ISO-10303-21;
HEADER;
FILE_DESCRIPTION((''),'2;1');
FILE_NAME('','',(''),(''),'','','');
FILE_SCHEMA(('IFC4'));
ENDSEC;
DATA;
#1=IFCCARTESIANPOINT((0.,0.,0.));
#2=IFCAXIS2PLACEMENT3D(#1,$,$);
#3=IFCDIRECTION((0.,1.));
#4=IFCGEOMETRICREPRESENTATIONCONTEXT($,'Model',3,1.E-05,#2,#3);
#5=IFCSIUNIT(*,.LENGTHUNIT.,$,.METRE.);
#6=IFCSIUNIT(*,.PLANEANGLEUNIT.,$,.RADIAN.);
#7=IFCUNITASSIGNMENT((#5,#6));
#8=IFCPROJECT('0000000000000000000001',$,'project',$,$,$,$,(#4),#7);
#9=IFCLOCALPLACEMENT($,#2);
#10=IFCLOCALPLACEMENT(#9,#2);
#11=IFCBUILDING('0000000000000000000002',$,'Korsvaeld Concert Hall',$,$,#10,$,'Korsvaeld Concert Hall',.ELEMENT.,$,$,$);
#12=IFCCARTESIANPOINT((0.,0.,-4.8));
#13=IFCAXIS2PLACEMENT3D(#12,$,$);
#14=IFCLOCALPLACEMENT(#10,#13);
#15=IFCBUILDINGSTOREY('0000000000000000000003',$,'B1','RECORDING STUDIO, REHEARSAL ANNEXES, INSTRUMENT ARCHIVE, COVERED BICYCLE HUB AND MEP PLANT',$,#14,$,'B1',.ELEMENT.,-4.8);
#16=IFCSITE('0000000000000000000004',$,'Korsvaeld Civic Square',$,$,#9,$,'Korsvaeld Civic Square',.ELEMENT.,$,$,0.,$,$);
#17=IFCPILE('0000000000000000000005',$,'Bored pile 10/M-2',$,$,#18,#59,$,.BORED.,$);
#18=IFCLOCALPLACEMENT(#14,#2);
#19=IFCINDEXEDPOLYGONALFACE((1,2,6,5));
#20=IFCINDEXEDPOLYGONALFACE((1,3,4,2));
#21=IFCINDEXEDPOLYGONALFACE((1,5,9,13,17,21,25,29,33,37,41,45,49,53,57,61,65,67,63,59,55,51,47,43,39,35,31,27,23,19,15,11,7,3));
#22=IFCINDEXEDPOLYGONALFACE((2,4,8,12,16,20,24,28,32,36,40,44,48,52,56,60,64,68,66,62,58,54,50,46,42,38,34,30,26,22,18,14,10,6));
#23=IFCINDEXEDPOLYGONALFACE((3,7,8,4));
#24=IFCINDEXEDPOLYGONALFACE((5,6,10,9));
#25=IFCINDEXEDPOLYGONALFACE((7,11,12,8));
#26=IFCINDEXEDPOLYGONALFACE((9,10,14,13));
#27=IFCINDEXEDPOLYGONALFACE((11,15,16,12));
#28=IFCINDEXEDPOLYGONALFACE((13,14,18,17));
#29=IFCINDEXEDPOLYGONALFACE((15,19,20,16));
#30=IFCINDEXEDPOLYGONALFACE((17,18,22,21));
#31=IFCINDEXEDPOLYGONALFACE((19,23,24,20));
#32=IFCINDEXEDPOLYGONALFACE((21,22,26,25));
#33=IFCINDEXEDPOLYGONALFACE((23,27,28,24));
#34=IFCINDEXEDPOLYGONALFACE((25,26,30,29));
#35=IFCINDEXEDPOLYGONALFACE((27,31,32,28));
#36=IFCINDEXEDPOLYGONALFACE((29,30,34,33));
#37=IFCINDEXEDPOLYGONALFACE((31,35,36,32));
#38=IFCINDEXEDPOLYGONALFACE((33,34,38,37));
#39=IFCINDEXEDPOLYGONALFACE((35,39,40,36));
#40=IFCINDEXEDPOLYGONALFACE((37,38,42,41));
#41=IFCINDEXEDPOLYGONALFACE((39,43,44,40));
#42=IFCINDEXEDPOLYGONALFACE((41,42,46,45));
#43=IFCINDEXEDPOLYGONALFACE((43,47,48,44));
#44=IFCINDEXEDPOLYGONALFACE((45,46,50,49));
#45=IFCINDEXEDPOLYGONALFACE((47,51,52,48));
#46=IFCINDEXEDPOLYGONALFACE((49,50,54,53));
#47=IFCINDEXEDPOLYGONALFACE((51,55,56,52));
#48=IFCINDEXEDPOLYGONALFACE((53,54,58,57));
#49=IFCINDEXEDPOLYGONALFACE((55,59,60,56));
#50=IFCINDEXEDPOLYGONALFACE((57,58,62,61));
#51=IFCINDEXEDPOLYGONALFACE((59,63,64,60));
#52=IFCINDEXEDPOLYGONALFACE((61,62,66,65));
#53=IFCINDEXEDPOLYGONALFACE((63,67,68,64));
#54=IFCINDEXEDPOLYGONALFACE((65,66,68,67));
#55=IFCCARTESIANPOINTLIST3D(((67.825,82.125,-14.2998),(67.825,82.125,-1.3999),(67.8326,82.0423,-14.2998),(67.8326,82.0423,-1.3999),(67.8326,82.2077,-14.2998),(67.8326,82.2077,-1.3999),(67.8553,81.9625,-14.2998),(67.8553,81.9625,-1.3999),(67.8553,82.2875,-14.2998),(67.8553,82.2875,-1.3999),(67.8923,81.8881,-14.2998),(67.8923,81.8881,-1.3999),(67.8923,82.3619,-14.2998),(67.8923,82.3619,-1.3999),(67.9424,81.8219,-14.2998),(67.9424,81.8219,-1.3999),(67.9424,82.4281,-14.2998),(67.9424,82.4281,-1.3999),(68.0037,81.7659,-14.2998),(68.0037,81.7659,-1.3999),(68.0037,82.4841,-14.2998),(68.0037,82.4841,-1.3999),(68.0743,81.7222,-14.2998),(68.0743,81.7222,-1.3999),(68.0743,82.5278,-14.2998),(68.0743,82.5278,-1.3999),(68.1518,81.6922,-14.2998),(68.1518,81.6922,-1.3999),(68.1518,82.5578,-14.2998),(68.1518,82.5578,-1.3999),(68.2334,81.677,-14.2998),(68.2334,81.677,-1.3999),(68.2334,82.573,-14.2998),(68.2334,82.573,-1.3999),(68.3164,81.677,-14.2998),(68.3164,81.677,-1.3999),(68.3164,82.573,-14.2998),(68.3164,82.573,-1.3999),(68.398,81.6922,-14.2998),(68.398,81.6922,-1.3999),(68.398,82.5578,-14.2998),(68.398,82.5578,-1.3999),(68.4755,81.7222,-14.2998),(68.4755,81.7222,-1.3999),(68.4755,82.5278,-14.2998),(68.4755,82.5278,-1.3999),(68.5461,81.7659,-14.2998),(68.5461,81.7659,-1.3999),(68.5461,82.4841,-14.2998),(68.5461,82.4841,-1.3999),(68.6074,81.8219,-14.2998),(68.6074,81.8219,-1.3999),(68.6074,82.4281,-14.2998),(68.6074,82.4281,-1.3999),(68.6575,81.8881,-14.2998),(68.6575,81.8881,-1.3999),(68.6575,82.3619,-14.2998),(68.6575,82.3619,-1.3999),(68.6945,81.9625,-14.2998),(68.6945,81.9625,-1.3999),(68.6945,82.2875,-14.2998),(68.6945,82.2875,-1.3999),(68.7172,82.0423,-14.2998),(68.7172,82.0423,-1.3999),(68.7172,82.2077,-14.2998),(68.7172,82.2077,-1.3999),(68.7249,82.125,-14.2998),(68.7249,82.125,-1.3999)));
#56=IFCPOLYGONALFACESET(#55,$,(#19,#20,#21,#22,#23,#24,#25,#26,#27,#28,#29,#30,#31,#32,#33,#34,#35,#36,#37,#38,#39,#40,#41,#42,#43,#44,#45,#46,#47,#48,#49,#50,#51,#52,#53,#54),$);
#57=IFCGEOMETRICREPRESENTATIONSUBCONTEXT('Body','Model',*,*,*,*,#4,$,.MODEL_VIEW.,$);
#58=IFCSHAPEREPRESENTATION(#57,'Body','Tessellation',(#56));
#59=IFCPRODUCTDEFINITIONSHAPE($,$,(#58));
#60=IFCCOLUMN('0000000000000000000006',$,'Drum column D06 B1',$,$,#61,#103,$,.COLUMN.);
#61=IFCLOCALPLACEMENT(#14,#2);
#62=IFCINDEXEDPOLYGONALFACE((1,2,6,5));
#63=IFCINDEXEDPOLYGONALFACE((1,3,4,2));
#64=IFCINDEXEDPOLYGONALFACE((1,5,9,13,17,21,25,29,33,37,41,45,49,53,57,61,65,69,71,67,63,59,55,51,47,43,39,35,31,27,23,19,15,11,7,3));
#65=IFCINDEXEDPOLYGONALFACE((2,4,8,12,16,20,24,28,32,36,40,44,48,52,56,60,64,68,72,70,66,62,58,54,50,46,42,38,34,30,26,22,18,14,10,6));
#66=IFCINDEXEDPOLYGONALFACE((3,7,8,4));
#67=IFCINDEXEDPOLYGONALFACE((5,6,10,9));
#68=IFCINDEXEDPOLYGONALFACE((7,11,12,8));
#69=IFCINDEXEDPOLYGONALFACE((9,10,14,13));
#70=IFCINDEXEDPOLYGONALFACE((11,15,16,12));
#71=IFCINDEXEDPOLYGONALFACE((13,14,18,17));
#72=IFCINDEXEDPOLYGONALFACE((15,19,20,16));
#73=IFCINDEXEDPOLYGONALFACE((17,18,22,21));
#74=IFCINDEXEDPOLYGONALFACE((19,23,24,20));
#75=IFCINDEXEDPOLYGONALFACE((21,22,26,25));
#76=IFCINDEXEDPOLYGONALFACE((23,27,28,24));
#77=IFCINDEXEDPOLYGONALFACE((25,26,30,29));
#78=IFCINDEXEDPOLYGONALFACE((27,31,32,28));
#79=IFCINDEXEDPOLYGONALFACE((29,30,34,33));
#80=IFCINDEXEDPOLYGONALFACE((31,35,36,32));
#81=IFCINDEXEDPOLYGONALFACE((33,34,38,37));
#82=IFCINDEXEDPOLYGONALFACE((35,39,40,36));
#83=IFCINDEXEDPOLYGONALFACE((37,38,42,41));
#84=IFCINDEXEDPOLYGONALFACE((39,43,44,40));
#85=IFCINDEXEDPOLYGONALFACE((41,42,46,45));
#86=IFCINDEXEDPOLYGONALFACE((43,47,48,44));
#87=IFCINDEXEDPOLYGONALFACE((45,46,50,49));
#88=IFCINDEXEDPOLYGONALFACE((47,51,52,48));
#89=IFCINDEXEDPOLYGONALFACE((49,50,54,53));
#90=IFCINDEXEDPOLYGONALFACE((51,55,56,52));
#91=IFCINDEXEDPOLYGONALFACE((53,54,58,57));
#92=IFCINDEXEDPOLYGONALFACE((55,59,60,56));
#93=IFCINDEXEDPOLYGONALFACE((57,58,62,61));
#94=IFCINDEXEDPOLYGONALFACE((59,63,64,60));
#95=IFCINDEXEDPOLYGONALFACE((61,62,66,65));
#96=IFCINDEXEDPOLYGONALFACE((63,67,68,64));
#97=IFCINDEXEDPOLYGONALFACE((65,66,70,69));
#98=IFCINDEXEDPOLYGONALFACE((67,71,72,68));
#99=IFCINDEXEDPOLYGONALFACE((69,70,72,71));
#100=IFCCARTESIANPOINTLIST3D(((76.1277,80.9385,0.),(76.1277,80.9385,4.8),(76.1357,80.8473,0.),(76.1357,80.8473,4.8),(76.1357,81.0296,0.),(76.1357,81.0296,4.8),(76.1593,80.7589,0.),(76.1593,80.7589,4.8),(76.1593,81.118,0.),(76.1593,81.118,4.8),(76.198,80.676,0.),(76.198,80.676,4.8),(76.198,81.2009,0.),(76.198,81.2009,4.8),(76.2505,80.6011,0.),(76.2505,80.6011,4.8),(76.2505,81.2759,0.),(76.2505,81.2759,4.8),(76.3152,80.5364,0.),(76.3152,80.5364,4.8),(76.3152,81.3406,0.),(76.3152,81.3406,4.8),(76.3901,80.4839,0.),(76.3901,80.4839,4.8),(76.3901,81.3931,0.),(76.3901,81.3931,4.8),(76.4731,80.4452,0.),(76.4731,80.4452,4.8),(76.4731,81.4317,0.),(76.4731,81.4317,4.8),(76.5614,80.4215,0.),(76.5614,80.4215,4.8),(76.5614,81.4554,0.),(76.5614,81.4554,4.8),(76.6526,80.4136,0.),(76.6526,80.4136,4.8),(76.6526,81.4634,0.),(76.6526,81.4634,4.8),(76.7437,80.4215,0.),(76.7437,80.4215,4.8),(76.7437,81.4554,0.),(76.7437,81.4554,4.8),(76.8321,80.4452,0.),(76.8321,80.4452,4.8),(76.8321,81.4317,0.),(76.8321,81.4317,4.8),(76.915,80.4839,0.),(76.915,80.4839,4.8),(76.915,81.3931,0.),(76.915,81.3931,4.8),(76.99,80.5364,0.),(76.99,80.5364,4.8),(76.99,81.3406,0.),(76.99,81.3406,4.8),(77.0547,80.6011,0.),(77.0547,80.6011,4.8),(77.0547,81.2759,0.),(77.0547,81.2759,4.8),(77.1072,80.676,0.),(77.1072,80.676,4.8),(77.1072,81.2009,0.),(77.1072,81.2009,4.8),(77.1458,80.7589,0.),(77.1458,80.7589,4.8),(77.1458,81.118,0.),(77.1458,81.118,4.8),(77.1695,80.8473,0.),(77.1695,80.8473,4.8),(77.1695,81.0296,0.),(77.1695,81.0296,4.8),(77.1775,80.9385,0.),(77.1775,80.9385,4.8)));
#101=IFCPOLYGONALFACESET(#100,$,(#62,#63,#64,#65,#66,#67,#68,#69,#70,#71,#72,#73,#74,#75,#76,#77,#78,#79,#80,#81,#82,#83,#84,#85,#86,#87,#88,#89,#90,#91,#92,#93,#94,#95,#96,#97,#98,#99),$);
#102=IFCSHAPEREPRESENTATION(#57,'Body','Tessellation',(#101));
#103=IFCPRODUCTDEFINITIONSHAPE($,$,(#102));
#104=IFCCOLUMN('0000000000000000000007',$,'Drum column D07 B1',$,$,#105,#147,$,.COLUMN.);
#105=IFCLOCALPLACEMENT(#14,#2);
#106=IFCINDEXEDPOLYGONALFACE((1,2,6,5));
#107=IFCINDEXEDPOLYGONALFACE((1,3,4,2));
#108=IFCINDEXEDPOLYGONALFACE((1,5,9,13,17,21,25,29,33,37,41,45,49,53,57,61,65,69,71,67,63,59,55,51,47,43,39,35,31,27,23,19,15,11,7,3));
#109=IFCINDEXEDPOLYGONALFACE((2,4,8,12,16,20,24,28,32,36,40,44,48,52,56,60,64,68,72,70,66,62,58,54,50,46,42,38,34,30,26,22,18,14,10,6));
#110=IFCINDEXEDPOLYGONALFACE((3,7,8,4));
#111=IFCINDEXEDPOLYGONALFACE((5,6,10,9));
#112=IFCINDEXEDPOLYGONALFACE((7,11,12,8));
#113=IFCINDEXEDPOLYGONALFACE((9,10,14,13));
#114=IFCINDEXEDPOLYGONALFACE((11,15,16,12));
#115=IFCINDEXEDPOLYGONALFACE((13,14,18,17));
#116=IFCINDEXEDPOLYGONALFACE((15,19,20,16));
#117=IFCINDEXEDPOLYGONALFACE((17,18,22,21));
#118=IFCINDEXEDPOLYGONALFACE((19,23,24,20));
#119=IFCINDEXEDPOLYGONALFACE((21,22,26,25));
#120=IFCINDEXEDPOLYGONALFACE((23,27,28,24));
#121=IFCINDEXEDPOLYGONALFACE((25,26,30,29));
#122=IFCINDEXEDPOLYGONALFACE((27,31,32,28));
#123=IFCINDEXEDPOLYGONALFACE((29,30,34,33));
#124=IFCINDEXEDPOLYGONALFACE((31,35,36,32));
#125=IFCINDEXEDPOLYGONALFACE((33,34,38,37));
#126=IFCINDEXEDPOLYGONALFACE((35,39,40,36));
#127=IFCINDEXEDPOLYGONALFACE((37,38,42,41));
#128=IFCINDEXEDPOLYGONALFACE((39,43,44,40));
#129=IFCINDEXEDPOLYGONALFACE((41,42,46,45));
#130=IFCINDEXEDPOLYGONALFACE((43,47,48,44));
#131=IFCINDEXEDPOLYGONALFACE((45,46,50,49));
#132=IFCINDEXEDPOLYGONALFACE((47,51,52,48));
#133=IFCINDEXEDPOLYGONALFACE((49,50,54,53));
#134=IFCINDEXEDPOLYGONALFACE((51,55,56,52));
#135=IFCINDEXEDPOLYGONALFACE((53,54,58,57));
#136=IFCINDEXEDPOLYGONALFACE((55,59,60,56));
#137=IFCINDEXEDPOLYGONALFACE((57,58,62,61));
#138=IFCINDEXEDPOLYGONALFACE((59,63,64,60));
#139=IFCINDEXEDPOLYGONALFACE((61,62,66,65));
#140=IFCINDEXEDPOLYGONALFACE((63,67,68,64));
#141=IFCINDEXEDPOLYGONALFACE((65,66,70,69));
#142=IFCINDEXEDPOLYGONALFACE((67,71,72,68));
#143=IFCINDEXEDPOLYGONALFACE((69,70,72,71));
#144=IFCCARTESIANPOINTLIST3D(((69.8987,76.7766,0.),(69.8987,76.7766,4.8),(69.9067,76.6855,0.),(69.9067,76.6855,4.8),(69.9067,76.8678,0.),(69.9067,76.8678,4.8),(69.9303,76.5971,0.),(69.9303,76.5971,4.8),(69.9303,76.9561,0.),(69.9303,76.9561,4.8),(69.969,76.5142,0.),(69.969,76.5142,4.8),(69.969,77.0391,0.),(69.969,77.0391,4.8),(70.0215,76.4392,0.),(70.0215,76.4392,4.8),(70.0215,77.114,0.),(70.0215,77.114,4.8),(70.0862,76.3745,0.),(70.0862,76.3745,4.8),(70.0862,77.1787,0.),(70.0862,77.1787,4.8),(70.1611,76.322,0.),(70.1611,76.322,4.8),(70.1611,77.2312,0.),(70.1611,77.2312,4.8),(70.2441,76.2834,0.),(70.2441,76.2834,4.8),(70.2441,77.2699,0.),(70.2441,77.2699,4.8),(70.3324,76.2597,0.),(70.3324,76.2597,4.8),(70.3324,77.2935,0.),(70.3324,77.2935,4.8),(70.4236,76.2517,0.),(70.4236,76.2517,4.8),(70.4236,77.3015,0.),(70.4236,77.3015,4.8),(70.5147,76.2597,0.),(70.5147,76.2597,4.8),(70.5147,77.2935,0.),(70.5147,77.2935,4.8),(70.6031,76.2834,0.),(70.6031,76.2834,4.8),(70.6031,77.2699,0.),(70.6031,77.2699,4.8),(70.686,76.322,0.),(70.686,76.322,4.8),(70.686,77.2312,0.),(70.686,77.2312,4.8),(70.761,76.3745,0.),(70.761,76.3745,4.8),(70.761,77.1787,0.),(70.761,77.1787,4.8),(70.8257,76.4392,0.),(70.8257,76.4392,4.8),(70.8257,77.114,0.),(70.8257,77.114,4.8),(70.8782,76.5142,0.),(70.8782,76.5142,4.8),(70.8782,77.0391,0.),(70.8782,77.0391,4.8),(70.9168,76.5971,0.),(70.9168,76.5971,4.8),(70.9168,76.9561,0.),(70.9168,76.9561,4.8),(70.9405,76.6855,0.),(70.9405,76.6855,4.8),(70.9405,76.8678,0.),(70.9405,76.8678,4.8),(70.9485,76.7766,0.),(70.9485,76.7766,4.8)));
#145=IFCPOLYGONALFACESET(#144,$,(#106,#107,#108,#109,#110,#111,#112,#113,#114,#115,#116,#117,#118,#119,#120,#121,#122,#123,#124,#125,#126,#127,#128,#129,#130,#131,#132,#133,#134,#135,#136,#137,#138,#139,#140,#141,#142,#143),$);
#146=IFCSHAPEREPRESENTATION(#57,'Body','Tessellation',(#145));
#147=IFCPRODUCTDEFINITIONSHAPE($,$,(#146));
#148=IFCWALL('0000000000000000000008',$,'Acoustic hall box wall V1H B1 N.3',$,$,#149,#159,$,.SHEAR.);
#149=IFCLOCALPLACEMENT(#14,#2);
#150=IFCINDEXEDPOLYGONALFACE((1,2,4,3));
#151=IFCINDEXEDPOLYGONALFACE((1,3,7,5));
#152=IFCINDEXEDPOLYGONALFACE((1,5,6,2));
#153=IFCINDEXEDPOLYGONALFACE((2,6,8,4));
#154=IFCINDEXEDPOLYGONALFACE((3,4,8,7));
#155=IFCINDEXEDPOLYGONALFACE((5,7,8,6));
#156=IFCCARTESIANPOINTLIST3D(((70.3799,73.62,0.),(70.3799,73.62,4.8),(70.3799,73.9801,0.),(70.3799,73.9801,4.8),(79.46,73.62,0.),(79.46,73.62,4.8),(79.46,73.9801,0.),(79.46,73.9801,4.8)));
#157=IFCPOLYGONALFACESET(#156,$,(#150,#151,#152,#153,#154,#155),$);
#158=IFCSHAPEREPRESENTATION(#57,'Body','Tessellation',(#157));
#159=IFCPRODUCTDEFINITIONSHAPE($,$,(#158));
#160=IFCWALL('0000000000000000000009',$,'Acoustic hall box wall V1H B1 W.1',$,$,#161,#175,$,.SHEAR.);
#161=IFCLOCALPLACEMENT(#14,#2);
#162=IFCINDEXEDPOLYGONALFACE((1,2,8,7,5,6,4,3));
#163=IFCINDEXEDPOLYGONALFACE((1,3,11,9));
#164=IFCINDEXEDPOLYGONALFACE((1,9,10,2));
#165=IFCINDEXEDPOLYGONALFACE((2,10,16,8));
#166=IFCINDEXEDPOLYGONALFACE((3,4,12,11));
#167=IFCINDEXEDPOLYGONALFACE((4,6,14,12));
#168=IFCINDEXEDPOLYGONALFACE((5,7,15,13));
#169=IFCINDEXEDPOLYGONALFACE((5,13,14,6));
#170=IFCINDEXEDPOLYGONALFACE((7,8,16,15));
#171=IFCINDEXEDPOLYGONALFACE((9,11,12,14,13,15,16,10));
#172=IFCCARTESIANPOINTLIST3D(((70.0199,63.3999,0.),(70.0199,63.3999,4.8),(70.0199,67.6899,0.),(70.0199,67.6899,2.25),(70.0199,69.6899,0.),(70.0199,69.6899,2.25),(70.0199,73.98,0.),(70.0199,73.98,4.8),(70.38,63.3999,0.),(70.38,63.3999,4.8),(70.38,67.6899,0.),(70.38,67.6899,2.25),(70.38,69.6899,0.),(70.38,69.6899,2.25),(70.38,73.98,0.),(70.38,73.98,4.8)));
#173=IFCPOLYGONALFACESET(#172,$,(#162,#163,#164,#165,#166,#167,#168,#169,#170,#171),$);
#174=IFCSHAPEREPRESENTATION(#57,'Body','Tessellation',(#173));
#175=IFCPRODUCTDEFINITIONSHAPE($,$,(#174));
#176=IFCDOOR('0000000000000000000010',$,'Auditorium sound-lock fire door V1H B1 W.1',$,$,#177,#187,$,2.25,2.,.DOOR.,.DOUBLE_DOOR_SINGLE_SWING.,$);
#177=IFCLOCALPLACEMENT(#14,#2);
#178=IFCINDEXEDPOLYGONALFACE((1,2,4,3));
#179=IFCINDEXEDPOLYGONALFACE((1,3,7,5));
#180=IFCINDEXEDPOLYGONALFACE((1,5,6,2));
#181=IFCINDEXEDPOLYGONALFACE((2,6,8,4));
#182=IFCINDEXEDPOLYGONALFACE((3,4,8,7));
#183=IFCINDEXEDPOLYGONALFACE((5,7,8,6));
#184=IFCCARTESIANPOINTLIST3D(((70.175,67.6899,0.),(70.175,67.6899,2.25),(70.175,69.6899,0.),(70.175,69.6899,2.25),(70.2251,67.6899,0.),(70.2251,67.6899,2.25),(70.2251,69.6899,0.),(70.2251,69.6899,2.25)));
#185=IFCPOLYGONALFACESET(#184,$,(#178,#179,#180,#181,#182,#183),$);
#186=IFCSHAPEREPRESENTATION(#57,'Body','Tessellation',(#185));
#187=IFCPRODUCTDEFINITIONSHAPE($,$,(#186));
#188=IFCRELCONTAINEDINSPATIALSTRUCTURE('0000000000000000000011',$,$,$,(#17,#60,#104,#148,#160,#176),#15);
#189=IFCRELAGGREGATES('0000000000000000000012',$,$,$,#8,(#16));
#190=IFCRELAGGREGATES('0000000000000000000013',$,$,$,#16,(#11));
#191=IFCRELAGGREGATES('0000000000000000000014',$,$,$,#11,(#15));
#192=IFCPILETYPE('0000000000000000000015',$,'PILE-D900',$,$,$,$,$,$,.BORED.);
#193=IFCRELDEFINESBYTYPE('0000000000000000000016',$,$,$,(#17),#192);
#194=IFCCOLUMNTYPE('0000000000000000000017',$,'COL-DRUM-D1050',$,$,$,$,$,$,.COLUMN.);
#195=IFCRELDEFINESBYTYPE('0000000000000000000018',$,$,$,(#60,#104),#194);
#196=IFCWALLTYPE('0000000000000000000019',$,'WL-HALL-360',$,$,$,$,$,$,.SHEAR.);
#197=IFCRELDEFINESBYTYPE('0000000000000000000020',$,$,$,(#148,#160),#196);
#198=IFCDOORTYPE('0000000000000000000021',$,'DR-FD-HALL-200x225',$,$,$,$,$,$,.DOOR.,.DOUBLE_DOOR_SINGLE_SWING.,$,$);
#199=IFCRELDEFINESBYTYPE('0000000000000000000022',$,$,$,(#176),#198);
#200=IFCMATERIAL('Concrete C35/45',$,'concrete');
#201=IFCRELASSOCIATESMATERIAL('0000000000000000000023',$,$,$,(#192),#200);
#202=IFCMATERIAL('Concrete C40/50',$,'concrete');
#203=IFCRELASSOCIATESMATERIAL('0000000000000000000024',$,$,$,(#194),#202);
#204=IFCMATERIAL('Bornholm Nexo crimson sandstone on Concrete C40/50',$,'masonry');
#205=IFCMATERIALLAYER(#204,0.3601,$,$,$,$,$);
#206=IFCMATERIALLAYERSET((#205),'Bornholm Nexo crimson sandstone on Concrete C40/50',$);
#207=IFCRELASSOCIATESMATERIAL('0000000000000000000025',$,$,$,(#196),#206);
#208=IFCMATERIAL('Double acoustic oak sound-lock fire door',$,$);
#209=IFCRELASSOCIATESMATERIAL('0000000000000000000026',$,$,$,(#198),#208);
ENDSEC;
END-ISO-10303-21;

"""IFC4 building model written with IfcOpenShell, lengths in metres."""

from ifc_helpers import new_model, si_unit, direction, frame, frame_2d, origin, origin_2d, place, context, subcontext, project, spatial, rectangle, circle, extrude, material, layer, layer_set, material_profile, profile_set, type_object, element, fill, save


model = new_model("IFC4")

# Units and contexts
model_context = context("Model", 3, precision=1e-05, world=origin(), true_north=direction((0.0, 1.0)))
body_context = subcontext(model_context, "Body", "Model", "MODEL_VIEW")
ifc_project = project(units=[si_unit("LENGTHUNIT", "METRE"), si_unit("PLANEANGLEUNIT", "RADIAN")], contexts=[model_context])

# Site, building, storey
site_placement = place(None, origin())
site = spatial("IfcSite", under=ifc_project, at=site_placement, Name="Korsvaeld Civic Square", LongName="Korsvaeld Civic Square", CompositionType="ELEMENT", RefElevation=0.0)
building_placement = place(site_placement, origin())
building = spatial("IfcBuilding", under=site, at=building_placement, Name="Korsvaeld Concert Hall", LongName="Korsvaeld Concert Hall", CompositionType="ELEMENT")
storey_placement = place(building_placement, frame((0.0, 0.0, -4.8)))
storey = spatial("IfcBuildingStorey", under=building, at=storey_placement, Name="B1", Description="RECORDING STUDIO, REHEARSAL ANNEXES, INSTRUMENT ARCHIVE, COVERED BICYCLE HUB AND MEP PLANT", LongName="B1", CompositionType="ELEMENT", Elevation=-4.8)

# Shared definitions
ifc_material_1 = material(Name="Concrete C35/45", Category="concrete")

# Pile
ifc_material_2 = material(Name="Concrete C40/50", Category="concrete")
ifc_material_profile_1 = material_profile(ifc_material_1, circle(Radius=0.45, at=origin_2d()), Name="BORED PILE D900")
ifc_profile_set_1 = profile_set([ifc_material_profile_1], Name="Concrete C35/45")
pile_type_1 = type_object("IfcPileType", Name="PILE-D900", PredefinedType="BORED", material=ifc_profile_set_1)
pile_placement = place(storey_placement, frame((68.2749, 82.125, -1.3999), z_axis=(0.0, 0.0, -1.0), x_axis=(1.0, 0.0, 0.0)))
element("IfcPile", 1, at=pile_placement, inside=storey, type_object=pile_type_1, Name="Bored pile 10/M-2", PredefinedType="BORED", context=body_context, shape_type="SweptSolid", body=[
    extrude(circle(Radius=0.45, at=origin_2d()), origin(), (0.0, 0.0, 1.0), 12.8999),
])

# Columns
ifc_material_profile_2 = material_profile(ifc_material_2, circle(Radius=0.5249, at=origin_2d()), Name="RC D1050")
ifc_profile_set_2 = profile_set([ifc_material_profile_2], Name="Concrete C40/50")
column_type = type_object("IfcColumnType", Name="COL-DRUM-D1050", PredefinedType="COLUMN", material=ifc_profile_set_2)
for number, where, z_axis, x_axis, name in (
    (2, (76.6526, 80.9385, 0.0), (0.0, 0.0, 1.0), (1.0, 0.0, 0.0), "Drum column D06 B1"),
    (3, (70.4236, 76.7766, 0.0), (0.0, 0.0, 1.0), (1.0, 0.0, 0.0), "Drum column D07 B1"),
):
    element("IfcColumn", number, at=place(storey_placement, frame(where, z_axis=z_axis, x_axis=x_axis)), inside=storey, type_object=column_type, Name=name, PredefinedType="COLUMN", context=body_context, shape_type="SweptSolid", body=[
        extrude(circle(Radius=0.5249, at=origin_2d()), origin(), (0.0, 0.0, 1.0), 4.8),
    ])

# Wall
ifc_material_3 = material(Name="Bornholm Nexo crimson sandstone on Concrete C40/50", Category="masonry")
ifc_layer = layer(ifc_material_3, 0.3601)
ifc_layer_set = layer_set([ifc_layer], Name="Bornholm Nexo crimson sandstone on Concrete C40/50")
wall_type = type_object("IfcWallType", Name="WL-HALL-360", PredefinedType="SHEAR", material=ifc_layer_set)
wall_1_placement = place(storey_placement, frame((79.46, 73.8, 0.0), z_axis=(0.0, 0.0, 1.0), x_axis=(-1.0, 0.0, 0.0)))
element("IfcWall", 4, at=wall_1_placement, inside=storey, type_object=wall_type, Name="Acoustic hall box wall V1H B1 N.3", PredefinedType="SHEAR", context=body_context, shape_type="SweptSolid", body=[
    extrude(rectangle(XDim=9.0801, YDim=0.3601, at=frame_2d((4.54, 0.0))), origin(), (0.0, 0.0, 1.0), 4.8),
])

# Wall, opening, door
wall_2_placement = place(storey_placement, frame((70.2, 73.98, 0.0), z_axis=(0.0, 0.0, 1.0), x_axis=(0.0, -1.0, 0.0)))
wall_2 = element("IfcWall", 5, at=wall_2_placement, inside=storey, type_object=wall_type, Name="Acoustic hall box wall V1H B1 W.1", PredefinedType="SHEAR", context=body_context, shape_type="SweptSolid", body=[
    extrude(rectangle(XDim=10.5801, YDim=0.3601, at=frame_2d((5.29, 0.0))), origin(), (0.0, 0.0, 1.0), 4.8),
])
opening_placement = place(wall_2_placement, frame((4.29, 0.0, 0.0)))
opening = element("IfcOpeningElement", 6, at=opening_placement, cuts=wall_2, PredefinedType="OPENING", context=body_context, shape_type="SweptSolid", body=[
    extrude(rectangle(XDim=2.0, YDim=2.25, at=frame_2d((1.0, 1.125))), frame((0.0, 0.1899, 0.0), z_axis=(0.0, -1.0, 0.0), x_axis=(1.0, 0.0, 0.0)), (0.0, 0.0, 1.0), 0.3801),
])
ifc_material_4 = material(Name="Double acoustic oak sound-lock fire door")
door_type = type_object("IfcDoorType", Name="DR-FD-HALL-200x225", OperationType="DOUBLE_DOOR_SINGLE_SWING", PredefinedType="DOOR", material=ifc_material_4)
door_placement = place(opening_placement, frame((2.0, 0.0, 0.0), z_axis=(0.0, 0.0, 1.0), x_axis=(-1.0, 0.0, 0.0)))
door = element("IfcDoor", 7, at=door_placement, inside=storey, type_object=door_type, Name="Auditorium sound-lock fire door V1H B1 W.1", OperationType="DOUBLE_DOOR_SINGLE_SWING", OverallHeight=2.25, OverallWidth=2.0, PredefinedType="DOOR", context=body_context, shape_type="SweptSolid", body=[
    extrude(rectangle(XDim=2.0, YDim=2.25, at=frame_2d((1.0, 1.125))), frame((0.0, 0.0249, 0.0), z_axis=(0.0, -1.0, 0.0), x_axis=(1.0, 0.0, 0.0)), (0.0, 0.0, 1.0), 0.05),
])
fill(opening, door)

save(model, "model.ifc")
